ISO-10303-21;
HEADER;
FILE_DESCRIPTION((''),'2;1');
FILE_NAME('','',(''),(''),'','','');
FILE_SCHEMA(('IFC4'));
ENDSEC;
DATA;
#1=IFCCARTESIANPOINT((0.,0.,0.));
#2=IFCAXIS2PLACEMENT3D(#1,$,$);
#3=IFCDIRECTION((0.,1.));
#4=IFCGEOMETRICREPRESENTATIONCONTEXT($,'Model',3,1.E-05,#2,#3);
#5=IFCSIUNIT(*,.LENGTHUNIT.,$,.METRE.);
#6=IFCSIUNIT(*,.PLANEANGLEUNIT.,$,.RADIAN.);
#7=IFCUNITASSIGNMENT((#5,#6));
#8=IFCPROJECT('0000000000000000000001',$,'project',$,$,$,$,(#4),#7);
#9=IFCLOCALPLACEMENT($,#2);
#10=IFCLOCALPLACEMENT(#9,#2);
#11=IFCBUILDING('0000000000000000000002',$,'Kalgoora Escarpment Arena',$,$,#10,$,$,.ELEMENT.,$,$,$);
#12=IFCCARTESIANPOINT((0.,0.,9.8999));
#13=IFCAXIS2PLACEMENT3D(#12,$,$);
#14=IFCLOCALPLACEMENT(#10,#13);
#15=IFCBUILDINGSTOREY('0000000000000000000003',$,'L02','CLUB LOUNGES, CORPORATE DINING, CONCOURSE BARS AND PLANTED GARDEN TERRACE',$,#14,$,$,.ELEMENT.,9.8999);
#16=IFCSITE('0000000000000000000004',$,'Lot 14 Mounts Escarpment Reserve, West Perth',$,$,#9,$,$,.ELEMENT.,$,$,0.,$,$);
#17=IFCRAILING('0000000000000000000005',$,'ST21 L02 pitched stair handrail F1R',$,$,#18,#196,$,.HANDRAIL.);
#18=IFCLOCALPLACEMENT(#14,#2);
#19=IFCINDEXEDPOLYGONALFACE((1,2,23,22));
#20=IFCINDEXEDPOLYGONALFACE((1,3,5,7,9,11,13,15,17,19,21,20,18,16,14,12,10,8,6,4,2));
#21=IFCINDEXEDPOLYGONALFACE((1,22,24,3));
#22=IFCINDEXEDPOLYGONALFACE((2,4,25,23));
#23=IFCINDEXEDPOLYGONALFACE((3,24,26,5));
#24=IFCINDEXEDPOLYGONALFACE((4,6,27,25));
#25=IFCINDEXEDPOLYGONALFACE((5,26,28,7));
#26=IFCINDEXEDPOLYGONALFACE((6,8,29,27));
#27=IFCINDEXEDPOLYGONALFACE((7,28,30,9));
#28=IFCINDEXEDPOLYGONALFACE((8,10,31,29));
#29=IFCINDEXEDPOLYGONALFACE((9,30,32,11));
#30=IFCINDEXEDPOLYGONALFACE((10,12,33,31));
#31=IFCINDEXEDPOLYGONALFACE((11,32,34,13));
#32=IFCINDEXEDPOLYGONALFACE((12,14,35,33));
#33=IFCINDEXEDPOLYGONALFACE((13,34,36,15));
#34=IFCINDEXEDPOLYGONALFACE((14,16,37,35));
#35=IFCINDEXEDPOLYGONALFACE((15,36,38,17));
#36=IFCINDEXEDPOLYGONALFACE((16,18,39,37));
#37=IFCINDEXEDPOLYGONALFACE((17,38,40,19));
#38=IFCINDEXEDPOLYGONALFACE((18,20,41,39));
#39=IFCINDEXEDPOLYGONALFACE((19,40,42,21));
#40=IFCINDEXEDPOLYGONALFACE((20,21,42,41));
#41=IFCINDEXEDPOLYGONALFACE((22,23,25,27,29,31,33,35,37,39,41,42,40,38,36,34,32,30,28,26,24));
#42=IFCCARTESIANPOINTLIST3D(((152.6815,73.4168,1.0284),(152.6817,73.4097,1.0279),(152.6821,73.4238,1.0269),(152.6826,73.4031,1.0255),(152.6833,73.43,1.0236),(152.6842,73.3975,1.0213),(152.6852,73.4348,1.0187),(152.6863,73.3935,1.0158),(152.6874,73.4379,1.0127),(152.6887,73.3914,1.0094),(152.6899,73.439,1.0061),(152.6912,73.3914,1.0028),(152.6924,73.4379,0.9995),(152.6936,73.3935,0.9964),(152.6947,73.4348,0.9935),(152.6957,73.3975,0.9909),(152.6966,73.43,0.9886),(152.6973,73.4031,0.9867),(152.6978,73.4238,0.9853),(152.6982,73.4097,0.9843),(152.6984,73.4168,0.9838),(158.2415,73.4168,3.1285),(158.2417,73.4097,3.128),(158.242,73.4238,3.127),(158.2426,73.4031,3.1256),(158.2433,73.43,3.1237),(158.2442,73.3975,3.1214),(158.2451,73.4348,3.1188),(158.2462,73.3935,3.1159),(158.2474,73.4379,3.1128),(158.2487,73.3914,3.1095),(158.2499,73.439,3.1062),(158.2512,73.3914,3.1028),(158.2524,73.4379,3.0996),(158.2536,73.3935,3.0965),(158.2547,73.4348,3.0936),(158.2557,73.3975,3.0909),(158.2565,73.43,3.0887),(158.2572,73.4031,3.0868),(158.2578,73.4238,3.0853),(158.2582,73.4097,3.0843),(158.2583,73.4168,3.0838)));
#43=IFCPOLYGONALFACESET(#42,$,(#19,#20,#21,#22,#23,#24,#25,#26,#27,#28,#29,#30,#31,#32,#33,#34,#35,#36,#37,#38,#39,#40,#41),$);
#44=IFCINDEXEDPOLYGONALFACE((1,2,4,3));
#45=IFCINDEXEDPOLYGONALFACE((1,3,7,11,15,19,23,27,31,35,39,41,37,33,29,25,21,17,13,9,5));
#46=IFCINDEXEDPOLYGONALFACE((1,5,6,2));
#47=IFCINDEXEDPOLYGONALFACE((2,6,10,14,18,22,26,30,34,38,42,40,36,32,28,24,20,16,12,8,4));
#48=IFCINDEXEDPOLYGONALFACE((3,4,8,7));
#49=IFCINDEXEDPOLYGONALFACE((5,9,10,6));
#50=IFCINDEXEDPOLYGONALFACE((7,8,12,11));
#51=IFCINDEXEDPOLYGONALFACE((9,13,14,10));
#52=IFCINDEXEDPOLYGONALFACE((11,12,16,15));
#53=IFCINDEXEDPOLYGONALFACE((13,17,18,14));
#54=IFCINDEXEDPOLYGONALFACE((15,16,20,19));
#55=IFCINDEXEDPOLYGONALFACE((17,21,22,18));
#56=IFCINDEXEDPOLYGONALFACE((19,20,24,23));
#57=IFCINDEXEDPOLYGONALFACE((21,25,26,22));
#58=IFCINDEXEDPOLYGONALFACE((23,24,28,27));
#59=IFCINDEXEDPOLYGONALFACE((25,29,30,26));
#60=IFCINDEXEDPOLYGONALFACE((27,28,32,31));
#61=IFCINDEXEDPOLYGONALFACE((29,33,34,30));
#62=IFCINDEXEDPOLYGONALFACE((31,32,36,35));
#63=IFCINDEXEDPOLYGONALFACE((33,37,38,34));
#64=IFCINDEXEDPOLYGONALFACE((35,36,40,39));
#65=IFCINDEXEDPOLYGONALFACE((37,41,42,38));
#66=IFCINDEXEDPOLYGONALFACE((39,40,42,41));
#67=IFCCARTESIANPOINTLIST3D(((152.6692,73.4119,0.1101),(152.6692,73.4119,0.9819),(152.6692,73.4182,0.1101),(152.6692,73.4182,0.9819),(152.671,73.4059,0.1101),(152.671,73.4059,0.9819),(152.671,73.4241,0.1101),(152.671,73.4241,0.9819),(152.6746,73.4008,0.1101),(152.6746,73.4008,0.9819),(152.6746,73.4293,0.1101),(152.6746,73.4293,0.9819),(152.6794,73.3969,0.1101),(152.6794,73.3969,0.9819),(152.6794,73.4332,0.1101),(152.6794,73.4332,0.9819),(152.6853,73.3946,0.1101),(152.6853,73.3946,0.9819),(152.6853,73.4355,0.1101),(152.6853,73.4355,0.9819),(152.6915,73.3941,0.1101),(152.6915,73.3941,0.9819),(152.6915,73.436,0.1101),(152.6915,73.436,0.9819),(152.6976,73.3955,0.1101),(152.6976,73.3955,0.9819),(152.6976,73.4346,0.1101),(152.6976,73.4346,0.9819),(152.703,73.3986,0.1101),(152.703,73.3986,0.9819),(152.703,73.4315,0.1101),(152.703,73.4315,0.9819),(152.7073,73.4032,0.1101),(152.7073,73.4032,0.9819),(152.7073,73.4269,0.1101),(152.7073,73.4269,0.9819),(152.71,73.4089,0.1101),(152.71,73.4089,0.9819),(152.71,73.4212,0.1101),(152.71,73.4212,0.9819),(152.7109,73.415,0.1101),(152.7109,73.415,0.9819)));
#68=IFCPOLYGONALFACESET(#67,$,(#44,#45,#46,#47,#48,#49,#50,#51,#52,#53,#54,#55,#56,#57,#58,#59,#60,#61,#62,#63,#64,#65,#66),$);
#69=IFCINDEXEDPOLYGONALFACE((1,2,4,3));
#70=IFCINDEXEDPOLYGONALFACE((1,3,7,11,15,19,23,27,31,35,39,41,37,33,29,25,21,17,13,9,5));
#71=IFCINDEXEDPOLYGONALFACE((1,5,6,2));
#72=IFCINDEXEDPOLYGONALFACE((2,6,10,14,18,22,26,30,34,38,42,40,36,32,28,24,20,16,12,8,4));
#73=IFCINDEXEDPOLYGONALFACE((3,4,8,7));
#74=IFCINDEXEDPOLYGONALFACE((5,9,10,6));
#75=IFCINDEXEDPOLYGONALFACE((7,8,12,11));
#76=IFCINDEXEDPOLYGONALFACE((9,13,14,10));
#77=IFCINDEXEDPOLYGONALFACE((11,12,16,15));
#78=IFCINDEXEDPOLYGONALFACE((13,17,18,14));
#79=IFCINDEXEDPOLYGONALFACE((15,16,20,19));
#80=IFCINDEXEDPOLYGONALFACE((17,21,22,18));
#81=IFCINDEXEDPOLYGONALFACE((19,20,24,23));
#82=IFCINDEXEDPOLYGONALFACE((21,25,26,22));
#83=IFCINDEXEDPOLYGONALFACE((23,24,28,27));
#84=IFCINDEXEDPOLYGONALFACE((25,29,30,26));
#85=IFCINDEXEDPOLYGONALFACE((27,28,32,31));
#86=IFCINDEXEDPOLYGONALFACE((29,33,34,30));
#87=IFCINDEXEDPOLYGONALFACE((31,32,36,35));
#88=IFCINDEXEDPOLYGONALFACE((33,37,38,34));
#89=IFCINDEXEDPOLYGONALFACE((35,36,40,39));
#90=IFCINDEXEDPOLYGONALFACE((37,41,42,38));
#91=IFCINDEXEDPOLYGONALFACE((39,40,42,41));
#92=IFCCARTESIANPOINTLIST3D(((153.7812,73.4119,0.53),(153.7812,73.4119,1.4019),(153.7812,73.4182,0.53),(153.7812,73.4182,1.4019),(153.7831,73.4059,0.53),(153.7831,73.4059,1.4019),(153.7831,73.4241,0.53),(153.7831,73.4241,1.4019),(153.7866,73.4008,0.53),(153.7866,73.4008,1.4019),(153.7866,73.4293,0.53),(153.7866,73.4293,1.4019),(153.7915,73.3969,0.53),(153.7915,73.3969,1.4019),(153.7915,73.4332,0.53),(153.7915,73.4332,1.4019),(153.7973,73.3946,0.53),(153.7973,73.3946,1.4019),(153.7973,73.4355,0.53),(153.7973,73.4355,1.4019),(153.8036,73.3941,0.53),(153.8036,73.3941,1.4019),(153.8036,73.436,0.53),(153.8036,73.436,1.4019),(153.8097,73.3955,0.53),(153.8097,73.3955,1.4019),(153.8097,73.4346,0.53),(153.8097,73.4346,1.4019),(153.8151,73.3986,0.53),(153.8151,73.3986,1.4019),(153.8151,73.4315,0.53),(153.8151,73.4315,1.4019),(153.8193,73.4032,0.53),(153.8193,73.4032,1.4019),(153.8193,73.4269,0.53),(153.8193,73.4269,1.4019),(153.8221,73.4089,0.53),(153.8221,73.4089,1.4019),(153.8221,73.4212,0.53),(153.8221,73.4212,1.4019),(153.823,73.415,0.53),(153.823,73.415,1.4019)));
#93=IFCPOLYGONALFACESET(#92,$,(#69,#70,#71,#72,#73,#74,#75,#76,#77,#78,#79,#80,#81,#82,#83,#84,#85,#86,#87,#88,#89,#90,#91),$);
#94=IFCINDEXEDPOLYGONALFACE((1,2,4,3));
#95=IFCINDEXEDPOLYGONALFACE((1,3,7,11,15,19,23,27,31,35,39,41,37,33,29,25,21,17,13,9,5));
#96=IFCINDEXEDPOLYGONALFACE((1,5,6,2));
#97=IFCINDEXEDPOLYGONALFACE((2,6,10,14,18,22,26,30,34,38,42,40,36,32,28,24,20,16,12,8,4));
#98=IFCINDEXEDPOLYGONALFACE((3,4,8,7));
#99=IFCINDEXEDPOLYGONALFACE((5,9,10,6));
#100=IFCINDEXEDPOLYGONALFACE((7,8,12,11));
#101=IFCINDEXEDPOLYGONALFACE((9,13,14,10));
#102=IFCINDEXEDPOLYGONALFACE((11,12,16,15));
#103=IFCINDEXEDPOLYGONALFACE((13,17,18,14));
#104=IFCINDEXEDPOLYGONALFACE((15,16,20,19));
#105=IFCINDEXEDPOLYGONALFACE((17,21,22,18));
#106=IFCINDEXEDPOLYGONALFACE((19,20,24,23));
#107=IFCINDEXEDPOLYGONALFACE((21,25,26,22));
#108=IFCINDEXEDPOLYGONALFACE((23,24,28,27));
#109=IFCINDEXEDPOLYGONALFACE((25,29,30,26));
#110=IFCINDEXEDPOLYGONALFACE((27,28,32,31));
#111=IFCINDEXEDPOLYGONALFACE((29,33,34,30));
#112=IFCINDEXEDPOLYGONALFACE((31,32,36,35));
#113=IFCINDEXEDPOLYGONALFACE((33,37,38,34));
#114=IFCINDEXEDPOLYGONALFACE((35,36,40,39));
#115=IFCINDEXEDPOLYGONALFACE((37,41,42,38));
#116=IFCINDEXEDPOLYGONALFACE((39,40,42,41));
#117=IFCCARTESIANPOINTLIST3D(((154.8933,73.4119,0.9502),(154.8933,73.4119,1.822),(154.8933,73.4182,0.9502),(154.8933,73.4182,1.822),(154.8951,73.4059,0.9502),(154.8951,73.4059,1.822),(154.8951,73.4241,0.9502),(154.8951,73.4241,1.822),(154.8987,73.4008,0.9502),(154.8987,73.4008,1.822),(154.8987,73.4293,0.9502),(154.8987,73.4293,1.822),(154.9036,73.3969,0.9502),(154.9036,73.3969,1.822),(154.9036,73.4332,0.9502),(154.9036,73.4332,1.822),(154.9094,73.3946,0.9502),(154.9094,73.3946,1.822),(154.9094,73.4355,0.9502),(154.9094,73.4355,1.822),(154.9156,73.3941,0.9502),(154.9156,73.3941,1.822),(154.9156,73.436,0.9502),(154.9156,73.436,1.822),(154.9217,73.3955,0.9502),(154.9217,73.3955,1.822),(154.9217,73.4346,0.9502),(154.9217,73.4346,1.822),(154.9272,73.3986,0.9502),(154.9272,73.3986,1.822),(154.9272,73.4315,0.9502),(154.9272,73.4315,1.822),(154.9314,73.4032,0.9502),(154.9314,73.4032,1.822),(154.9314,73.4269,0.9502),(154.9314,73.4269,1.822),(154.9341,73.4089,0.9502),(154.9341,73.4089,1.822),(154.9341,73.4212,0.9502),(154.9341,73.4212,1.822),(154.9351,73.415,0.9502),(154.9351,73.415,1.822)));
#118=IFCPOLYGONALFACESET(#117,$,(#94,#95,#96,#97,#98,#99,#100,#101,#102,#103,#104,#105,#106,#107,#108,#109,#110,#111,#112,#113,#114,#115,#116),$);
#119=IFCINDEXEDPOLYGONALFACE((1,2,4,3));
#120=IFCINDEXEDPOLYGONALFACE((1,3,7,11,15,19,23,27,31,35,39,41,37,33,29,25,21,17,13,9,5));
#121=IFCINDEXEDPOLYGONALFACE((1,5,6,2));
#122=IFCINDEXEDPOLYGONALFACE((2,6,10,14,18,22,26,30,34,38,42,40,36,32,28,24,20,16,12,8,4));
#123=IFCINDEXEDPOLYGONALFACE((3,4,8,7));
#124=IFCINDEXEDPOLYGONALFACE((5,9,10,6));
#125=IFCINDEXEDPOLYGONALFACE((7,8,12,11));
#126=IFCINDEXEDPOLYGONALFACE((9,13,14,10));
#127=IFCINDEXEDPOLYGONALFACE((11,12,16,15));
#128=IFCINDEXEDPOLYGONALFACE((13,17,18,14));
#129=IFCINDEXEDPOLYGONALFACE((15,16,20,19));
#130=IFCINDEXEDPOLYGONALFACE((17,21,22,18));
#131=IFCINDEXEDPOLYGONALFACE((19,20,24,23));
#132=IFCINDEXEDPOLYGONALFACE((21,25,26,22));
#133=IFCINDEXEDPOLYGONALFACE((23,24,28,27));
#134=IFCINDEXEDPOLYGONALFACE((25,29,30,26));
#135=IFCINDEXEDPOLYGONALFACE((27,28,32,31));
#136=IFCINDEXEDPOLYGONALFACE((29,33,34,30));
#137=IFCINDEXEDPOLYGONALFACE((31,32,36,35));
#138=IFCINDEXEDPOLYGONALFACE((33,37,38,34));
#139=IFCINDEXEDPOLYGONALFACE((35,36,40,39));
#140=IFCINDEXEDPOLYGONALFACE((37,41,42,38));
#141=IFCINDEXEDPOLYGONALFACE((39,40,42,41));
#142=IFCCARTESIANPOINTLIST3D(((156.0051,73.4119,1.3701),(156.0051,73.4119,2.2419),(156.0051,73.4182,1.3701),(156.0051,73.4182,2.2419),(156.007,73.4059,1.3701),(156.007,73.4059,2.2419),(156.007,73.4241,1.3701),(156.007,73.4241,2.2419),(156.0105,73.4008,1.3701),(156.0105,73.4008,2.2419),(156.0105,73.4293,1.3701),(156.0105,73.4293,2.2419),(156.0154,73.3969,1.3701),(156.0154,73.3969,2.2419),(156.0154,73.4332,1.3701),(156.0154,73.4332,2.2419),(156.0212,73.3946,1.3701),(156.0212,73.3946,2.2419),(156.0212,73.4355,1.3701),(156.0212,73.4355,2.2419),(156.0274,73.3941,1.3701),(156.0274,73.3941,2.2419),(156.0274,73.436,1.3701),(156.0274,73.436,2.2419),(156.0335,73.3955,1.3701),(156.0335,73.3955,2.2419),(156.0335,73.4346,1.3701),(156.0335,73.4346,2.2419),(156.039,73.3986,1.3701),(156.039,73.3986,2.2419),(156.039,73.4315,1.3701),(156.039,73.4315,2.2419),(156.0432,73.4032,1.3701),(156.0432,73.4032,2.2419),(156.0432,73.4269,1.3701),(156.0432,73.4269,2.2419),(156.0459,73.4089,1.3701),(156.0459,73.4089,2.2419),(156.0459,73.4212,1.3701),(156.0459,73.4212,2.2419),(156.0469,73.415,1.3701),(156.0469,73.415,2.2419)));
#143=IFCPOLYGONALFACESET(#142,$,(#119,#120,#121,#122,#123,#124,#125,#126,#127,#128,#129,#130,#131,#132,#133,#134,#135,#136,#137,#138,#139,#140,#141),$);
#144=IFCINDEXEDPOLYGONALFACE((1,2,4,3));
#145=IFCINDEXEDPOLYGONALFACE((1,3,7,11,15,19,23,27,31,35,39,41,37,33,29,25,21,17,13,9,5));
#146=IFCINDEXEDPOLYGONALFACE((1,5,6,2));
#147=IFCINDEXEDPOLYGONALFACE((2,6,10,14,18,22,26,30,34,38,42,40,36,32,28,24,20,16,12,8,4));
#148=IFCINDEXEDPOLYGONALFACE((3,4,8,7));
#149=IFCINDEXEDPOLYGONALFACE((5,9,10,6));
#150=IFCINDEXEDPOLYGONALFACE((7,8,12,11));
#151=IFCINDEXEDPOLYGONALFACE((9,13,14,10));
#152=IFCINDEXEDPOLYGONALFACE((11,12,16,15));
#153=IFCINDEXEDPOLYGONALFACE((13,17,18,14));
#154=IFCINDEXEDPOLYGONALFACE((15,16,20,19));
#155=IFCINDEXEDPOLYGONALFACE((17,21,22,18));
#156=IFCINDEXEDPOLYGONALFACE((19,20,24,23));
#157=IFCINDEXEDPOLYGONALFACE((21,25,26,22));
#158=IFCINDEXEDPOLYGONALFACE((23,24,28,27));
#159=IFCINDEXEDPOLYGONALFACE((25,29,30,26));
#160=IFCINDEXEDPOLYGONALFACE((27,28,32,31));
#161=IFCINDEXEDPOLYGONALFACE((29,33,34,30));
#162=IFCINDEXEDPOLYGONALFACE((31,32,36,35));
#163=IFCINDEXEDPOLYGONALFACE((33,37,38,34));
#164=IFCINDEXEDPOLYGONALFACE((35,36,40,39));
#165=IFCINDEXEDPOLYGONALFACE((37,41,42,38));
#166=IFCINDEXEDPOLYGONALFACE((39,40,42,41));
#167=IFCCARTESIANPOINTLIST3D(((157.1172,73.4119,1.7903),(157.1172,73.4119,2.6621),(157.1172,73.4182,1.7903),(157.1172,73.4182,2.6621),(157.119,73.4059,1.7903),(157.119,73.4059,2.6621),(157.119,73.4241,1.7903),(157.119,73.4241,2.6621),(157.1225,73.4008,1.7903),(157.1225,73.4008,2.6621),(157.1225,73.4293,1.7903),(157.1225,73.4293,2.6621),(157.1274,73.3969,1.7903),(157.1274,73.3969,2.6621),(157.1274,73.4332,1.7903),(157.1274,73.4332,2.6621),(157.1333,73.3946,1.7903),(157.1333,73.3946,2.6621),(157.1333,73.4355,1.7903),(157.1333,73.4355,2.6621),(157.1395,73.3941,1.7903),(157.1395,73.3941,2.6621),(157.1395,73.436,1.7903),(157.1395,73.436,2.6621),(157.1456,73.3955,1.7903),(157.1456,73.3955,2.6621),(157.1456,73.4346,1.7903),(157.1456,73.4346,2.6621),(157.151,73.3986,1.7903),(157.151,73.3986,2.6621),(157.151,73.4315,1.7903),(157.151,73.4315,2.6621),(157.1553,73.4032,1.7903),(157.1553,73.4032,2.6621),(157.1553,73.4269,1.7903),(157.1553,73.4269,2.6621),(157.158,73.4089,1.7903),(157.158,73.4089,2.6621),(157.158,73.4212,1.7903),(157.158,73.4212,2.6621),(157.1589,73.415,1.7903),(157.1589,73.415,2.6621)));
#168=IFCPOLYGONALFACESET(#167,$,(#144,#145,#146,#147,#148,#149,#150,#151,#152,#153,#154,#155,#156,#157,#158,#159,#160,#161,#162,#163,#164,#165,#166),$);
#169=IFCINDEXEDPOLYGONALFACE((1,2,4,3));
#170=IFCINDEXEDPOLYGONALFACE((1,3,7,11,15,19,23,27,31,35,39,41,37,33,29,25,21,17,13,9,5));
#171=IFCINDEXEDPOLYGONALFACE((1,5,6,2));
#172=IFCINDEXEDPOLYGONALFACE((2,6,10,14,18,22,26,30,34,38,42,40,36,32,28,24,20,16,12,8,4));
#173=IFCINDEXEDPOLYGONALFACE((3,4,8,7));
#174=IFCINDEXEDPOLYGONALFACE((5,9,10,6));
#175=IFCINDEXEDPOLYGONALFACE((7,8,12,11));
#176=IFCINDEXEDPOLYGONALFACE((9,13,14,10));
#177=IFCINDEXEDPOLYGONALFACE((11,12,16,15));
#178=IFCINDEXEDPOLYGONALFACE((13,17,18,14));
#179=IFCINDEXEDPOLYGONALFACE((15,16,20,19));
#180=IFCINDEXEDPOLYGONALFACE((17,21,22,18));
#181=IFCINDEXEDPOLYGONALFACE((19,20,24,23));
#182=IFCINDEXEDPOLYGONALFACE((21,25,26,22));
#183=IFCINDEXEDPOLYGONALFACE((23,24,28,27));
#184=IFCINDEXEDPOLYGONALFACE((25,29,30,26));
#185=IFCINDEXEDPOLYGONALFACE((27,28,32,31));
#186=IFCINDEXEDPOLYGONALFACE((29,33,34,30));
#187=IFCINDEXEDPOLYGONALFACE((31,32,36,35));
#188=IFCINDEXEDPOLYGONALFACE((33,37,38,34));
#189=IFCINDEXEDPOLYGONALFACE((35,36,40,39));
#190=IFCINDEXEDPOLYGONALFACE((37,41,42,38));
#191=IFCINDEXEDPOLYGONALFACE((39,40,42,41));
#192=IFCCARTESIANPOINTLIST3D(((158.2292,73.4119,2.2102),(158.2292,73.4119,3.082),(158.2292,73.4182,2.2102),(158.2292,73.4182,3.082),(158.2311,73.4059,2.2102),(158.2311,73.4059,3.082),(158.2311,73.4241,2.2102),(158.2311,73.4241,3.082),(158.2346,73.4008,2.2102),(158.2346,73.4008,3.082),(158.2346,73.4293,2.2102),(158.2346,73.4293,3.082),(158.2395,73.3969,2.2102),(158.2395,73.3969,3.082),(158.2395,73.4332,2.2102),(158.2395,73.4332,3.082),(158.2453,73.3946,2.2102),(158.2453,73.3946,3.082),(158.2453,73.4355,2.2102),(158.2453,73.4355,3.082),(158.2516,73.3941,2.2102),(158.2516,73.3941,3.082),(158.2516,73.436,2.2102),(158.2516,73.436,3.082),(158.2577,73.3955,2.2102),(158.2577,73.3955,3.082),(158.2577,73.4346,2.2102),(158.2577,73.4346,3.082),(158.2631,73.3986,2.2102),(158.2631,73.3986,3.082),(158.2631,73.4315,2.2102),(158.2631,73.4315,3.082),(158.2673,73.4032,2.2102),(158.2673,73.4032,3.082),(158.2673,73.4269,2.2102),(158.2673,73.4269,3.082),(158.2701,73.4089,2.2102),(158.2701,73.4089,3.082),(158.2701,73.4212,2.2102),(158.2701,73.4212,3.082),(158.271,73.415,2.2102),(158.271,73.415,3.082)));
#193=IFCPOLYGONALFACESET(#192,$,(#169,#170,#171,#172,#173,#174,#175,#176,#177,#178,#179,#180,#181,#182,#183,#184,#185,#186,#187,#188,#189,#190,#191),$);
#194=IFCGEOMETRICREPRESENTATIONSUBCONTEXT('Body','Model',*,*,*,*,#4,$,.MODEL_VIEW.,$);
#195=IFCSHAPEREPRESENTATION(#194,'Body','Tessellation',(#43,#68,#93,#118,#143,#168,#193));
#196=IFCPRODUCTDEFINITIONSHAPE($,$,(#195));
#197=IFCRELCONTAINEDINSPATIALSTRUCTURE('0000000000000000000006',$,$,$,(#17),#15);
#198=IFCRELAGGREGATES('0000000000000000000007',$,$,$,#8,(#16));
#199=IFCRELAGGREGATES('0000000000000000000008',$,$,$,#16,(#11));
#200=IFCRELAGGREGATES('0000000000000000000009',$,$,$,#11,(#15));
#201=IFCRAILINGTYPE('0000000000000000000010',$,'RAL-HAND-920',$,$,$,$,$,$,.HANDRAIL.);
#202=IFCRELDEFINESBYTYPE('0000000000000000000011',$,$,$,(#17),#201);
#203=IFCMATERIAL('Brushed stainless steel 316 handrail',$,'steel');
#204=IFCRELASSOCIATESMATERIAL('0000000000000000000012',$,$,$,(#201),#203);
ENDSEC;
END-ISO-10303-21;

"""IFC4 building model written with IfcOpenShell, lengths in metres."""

from ifc_helpers import new_model, si_unit, direction, frame, origin, origin_2d, place, context, subcontext, project, spatial, circle, extrude, material, type_object, element, save


model = new_model("IFC4")

# Units and contexts
model_context = context("Model", 3, precision=1e-05, world=origin(), true_north=direction((0.0, 1.0)))
body_context = subcontext(model_context, "Body", "Model", "MODEL_VIEW")
ifc_project = project(units=[si_unit("LENGTHUNIT", "METRE"), si_unit("PLANEANGLEUNIT", "RADIAN")], contexts=[model_context])

# Site, building, storey
site_placement = place(None, origin())
site = spatial("IfcSite", under=ifc_project, at=site_placement, Name="Lot 14 Mounts Escarpment Reserve, West Perth", CompositionType="ELEMENT", RefElevation=0.0)
building_placement = place(site_placement, origin())
building = spatial("IfcBuilding", under=site, at=building_placement, Name="Kalgoora Escarpment Arena", CompositionType="ELEMENT")
storey_placement = place(building_placement, frame((0.0, 0.0, 9.8999)))
storey = spatial("IfcBuildingStorey", under=building, at=storey_placement, Name="L02", Description="CLUB LOUNGES, CORPORATE DINING, CONCOURSE BARS AND PLANTED GARDEN TERRACE", CompositionType="ELEMENT", Elevation=9.8999)

# Railing
ifc_material_1 = material(Name="Brushed stainless steel 316 handrail", Category="steel")
railing_type_1 = type_object("IfcRailingType", Name="RAL-HAND-920", PredefinedType="HANDRAIL", material=ifc_material_1)
for number, where, name in (
    (1, (152.6899, 73.415, 0.1101), "ST21 L02 pitched stair handrail F1R"),
):
    element("IfcRailing", number, at=place(storey_placement, frame(where)), inside=storey, type_object=railing_type_1, Name=name, PredefinedType="HANDRAIL", context=body_context, shape_type="SweptSolid", body=[
        extrude(circle(Radius=0.0239, at=origin_2d()), frame((0.0, 0.0, 0.896), z_axis=(0.935493, 0.0, 0.353346), x_axis=(0.0, 1.0, 0.0)), (0.0, 0.0, 1.0), 5.9434),
        extrude(circle(Radius=0.021, at=origin_2d()), origin(), (0.0, 0.0, 1.0), 0.8718),
        extrude(circle(Radius=0.021, at=origin_2d()), frame((1.1121, 0.0, 0.4199)), (0.0, 0.0, 1.0), 0.8718),
        extrude(circle(Radius=0.021, at=origin_2d()), frame((2.2241, 0.0, 0.8401)), (0.0, 0.0, 1.0), 0.8718),
        extrude(circle(Radius=0.021, at=origin_2d()), frame((3.3359, 0.0, 1.26)), (0.0, 0.0, 1.0), 0.8718),
        extrude(circle(Radius=0.021, at=origin_2d()), frame((4.448, 0.0, 1.6802)), (0.0, 0.0, 1.0), 0.8718),
        extrude(circle(Radius=0.021, at=origin_2d()), frame((5.5601, 0.0, 2.1001)), (0.0, 0.0, 1.0), 0.8718),
    ])

save(model, "model.ifc")
